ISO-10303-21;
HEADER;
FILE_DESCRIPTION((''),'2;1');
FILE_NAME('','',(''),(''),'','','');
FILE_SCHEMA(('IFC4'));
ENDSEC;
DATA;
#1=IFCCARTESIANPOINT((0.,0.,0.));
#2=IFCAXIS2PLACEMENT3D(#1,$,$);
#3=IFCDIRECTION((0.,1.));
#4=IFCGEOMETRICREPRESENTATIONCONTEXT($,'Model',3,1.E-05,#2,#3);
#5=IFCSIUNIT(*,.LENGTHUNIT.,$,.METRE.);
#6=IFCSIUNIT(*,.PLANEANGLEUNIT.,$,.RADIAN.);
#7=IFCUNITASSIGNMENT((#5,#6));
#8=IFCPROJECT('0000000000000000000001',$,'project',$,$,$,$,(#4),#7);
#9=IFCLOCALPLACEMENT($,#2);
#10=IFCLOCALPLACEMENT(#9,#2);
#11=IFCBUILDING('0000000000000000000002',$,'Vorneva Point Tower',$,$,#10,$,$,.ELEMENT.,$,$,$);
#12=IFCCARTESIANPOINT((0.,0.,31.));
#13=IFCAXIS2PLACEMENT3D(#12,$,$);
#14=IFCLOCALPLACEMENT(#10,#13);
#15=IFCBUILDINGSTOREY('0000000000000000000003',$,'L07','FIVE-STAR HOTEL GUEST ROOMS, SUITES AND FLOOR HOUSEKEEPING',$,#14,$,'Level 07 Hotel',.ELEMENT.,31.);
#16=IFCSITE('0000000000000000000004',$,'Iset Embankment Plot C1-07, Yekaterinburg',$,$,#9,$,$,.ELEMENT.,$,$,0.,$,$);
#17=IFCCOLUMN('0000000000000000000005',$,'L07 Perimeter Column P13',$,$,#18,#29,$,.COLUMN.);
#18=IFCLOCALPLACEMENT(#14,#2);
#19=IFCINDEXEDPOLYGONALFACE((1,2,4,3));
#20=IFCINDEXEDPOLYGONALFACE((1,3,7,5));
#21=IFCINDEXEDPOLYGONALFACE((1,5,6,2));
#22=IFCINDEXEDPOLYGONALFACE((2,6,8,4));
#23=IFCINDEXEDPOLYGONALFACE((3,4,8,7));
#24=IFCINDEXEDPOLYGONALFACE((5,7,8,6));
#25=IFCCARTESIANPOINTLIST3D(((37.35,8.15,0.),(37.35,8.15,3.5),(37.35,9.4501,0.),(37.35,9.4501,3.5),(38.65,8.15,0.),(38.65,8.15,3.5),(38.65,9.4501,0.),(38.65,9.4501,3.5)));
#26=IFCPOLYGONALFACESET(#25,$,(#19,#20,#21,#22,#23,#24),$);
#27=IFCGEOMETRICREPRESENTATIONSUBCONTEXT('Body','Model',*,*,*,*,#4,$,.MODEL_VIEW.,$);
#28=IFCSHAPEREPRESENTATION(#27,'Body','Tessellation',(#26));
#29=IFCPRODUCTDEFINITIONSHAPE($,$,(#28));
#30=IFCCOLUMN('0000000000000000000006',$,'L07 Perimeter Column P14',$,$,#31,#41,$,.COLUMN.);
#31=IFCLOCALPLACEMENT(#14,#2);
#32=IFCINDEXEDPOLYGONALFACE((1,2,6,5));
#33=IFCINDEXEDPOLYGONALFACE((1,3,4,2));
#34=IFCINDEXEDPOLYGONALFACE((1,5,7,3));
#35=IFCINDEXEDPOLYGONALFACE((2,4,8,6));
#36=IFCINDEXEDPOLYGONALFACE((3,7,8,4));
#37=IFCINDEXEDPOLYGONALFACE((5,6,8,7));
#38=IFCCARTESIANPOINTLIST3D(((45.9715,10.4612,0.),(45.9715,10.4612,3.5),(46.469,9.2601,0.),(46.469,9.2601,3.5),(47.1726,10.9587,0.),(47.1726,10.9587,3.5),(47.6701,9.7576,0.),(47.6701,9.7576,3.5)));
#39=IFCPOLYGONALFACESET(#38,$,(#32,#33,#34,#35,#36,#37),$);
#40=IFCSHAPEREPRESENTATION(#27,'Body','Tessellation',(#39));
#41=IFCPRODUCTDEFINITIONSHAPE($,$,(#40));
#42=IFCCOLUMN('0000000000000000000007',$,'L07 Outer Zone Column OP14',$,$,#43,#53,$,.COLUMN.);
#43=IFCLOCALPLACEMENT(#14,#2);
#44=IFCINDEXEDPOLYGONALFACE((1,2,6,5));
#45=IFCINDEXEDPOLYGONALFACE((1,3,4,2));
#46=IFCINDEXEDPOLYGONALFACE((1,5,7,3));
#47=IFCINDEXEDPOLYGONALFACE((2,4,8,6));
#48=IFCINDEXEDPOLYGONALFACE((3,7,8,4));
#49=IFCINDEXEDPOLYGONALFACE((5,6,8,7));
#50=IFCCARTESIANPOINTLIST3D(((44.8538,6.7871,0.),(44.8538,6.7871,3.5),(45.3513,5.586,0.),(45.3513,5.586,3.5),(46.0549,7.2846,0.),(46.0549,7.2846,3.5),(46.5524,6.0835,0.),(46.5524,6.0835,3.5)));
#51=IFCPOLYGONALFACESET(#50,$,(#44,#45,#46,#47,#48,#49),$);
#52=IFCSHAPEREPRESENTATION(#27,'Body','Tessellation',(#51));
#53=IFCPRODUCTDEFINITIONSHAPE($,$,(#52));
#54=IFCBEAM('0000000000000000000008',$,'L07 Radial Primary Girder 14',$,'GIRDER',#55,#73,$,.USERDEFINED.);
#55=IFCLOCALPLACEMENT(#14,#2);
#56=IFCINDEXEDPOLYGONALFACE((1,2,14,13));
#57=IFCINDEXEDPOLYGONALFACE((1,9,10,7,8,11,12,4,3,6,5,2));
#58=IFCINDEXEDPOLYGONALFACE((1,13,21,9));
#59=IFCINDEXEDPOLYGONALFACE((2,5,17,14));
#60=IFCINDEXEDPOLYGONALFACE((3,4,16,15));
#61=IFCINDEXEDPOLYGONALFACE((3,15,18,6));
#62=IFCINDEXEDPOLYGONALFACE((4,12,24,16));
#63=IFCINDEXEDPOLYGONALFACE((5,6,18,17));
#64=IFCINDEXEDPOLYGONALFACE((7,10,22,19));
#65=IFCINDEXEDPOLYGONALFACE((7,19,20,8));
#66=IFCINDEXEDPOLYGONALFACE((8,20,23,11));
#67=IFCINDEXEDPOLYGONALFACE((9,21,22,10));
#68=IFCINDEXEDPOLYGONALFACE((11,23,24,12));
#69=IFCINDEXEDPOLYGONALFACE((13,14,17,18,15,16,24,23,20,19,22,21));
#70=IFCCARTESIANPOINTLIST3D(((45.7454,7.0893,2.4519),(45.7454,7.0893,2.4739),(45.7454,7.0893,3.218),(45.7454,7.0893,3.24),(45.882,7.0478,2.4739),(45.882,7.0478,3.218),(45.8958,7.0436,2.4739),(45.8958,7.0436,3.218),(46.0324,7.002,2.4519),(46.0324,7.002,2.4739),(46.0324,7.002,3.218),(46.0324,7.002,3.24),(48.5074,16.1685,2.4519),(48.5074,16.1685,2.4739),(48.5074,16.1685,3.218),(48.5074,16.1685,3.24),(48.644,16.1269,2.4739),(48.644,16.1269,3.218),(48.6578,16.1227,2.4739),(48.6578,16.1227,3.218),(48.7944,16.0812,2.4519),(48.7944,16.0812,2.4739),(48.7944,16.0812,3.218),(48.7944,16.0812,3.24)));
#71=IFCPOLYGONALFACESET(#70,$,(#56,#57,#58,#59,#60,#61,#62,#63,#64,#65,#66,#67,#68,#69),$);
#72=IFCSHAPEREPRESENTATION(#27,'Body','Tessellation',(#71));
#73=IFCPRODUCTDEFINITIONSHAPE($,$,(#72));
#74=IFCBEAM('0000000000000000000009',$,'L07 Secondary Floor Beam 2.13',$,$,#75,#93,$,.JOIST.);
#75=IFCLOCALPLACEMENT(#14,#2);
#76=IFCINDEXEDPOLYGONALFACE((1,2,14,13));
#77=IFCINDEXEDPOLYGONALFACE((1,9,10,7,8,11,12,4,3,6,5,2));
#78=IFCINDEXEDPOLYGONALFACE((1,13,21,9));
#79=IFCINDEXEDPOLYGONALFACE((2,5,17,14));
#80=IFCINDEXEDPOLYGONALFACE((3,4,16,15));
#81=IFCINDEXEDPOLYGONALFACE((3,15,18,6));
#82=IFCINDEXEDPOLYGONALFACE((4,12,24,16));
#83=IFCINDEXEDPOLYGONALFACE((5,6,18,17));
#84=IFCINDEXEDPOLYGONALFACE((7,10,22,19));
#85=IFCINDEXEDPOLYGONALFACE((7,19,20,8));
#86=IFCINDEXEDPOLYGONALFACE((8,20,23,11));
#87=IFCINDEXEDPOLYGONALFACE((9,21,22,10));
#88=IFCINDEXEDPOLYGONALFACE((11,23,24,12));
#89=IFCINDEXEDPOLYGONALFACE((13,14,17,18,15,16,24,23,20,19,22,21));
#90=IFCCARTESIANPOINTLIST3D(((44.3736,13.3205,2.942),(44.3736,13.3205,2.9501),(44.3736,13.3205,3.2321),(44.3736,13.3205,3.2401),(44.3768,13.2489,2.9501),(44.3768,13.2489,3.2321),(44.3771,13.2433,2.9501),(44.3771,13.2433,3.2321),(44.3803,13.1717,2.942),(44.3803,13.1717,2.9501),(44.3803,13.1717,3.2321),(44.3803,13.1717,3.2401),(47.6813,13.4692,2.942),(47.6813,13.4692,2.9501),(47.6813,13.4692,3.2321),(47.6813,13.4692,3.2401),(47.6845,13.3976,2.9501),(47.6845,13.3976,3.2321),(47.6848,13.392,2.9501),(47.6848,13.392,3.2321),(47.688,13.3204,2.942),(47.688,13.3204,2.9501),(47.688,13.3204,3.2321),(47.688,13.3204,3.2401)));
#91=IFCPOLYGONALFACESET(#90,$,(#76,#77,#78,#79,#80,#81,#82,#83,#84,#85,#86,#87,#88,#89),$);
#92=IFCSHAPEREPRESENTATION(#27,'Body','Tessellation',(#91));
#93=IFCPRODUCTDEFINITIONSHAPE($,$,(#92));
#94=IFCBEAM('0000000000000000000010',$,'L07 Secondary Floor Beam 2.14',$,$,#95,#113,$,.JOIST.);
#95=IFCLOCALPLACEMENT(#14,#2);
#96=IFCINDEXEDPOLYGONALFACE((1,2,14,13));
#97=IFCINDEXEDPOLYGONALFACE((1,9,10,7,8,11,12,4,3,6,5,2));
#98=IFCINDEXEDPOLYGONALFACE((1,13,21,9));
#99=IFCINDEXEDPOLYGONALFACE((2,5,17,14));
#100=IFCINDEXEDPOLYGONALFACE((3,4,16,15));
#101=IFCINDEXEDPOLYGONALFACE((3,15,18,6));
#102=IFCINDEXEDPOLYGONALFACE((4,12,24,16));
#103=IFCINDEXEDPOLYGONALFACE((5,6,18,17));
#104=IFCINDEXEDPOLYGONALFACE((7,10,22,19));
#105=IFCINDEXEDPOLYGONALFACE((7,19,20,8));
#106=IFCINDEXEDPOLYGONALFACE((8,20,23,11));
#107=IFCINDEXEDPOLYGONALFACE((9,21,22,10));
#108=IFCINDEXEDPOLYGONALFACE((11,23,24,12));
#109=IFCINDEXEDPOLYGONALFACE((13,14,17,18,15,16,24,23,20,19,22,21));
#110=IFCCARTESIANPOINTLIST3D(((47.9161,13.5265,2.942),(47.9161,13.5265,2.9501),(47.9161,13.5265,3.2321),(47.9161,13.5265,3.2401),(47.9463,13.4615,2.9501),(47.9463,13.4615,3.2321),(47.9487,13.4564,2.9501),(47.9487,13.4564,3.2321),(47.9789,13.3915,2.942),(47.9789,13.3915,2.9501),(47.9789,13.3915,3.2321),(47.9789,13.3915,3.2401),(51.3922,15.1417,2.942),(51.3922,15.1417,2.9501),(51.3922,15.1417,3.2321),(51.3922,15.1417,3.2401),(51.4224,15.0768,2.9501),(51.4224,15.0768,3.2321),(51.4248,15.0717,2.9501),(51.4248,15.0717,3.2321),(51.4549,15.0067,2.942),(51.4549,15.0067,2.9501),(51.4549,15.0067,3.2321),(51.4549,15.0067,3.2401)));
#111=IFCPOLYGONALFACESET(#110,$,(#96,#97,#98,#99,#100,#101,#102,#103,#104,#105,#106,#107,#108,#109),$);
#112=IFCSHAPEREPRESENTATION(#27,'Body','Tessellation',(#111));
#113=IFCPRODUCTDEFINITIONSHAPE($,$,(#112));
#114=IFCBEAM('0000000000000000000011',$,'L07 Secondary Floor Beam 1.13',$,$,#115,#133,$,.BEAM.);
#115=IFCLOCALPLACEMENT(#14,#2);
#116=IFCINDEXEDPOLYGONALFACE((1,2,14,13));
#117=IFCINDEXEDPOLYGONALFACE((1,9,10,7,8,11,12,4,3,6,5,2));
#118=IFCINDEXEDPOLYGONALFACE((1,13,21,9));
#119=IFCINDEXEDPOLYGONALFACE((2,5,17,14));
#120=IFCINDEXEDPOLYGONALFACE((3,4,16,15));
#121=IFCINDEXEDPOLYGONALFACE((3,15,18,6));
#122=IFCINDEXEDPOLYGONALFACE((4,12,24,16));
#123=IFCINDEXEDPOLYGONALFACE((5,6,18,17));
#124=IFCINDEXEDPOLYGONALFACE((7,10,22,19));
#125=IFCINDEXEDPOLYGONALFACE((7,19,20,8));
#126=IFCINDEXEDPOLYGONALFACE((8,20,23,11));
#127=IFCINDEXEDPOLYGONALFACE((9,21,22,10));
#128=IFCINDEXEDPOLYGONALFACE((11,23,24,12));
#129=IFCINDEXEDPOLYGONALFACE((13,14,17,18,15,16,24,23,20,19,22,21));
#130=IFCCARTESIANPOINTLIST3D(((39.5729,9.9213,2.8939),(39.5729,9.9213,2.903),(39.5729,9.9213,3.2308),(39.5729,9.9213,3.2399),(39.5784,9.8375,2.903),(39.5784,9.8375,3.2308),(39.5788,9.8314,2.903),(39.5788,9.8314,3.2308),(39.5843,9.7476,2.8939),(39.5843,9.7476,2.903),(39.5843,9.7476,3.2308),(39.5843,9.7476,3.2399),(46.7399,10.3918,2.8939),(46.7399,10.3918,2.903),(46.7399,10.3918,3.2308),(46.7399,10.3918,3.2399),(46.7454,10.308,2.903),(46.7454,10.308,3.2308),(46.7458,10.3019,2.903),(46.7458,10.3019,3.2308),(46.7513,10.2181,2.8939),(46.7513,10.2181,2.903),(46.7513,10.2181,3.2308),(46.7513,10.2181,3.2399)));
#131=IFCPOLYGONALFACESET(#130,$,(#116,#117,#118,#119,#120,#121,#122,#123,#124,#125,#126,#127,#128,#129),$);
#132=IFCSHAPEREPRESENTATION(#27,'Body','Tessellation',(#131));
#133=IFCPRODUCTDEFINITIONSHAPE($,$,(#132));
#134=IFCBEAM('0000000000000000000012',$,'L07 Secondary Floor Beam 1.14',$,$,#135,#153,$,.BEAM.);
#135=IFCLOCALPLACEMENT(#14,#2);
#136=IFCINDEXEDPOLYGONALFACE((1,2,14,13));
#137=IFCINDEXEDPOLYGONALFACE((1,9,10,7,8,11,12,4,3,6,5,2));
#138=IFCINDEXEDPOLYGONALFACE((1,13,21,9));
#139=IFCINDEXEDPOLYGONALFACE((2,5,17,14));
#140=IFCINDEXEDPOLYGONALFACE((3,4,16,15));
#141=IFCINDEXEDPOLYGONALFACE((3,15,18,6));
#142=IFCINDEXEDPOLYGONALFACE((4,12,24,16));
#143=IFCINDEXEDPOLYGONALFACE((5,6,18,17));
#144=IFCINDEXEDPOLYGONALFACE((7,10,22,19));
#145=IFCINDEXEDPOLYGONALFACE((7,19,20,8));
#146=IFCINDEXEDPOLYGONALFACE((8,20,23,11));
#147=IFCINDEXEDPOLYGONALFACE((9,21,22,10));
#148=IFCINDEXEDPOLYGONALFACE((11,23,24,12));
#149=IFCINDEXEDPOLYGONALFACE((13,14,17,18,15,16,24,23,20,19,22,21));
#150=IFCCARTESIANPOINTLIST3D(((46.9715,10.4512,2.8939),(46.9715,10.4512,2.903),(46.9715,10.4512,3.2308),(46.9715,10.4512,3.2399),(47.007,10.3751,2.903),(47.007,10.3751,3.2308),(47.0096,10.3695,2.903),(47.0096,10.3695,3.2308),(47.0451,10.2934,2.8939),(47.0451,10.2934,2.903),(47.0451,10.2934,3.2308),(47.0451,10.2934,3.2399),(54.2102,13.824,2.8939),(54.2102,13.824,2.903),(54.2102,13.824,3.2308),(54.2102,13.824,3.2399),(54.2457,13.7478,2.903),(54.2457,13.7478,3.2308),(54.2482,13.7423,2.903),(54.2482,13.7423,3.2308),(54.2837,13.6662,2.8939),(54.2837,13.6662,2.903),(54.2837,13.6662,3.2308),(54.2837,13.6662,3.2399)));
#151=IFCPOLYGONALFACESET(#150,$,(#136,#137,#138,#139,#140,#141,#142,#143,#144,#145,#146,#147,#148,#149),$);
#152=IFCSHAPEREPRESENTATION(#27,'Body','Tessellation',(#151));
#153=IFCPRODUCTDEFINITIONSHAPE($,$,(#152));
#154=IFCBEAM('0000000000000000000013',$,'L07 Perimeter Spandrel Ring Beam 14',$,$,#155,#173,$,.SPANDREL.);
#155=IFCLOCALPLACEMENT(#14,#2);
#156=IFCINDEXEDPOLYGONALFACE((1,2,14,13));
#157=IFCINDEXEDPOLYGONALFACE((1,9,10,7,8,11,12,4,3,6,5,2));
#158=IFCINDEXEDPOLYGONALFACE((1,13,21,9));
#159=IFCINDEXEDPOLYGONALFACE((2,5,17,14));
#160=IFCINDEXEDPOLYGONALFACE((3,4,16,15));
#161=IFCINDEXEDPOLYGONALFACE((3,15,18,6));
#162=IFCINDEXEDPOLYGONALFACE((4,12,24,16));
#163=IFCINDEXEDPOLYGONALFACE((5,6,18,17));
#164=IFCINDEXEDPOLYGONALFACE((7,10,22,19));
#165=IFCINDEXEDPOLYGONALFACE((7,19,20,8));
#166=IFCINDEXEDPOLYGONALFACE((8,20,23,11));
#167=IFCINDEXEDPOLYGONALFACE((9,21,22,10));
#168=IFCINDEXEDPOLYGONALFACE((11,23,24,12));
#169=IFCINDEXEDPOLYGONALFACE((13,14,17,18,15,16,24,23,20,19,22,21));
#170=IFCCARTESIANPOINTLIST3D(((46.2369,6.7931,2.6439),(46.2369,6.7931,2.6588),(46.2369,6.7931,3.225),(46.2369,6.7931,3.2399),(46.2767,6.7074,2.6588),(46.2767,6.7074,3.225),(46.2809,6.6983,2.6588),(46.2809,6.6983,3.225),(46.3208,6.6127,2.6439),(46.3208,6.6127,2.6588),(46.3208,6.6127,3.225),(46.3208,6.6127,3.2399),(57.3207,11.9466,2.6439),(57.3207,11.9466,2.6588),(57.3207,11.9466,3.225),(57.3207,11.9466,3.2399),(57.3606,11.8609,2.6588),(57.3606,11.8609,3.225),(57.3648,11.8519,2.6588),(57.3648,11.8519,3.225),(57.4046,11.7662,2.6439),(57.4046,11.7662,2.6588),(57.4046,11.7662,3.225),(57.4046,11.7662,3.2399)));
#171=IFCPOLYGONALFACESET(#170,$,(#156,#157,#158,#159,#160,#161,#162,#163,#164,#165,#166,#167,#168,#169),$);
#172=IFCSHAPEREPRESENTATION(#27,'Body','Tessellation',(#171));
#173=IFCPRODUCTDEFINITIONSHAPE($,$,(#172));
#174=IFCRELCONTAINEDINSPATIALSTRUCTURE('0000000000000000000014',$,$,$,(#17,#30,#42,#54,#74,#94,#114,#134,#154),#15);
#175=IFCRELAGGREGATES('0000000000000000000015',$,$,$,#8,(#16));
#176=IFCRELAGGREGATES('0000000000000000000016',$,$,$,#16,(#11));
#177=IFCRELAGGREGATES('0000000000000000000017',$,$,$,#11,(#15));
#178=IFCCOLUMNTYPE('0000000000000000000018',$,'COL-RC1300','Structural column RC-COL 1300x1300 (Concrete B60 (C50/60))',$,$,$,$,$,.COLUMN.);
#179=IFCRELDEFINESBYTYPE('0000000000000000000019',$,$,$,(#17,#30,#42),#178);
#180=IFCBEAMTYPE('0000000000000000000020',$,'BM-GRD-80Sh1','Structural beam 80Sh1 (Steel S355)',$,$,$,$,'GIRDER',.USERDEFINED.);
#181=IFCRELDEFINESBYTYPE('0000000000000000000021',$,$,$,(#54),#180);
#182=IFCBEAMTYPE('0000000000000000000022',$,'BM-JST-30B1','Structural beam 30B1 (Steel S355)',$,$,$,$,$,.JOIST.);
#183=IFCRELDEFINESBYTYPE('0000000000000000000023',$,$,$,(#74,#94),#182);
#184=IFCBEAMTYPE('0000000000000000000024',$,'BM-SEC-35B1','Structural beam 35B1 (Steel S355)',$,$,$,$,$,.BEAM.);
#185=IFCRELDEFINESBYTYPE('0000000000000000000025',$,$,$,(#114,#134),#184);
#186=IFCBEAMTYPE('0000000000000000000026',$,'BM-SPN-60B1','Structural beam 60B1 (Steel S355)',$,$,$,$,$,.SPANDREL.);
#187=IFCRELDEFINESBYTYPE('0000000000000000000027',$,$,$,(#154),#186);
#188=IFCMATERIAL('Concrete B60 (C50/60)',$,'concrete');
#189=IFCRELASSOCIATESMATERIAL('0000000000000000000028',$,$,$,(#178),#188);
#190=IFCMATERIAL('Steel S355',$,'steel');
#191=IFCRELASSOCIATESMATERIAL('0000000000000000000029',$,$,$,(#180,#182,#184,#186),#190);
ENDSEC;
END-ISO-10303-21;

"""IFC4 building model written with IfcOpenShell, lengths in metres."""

from ifc_helpers import new_model, si_unit, direction, frame, origin, origin_2d, place, context, subcontext, project, spatial, rectangle, i_section, extrude, material, material_profile, profile_set, type_object, element, save


model = new_model("IFC4")

# Units and contexts
model_context = context("Model", 3, precision=1e-05, world=origin(), true_north=direction((0.0, 1.0)))
body_context = subcontext(model_context, "Body", "Model", "MODEL_VIEW")
ifc_project = project(units=[si_unit("LENGTHUNIT", "METRE"), si_unit("PLANEANGLEUNIT", "RADIAN")], contexts=[model_context])

# Site, building, storey
site_placement = place(None, origin())
site = spatial("IfcSite", under=ifc_project, at=site_placement, Name="Iset Embankment Plot C1-07, Yekaterinburg", CompositionType="ELEMENT", RefElevation=0.0)
building_placement = place(site_placement, origin())
building = spatial("IfcBuilding", under=site, at=building_placement, Name="Vorneva Point Tower", CompositionType="ELEMENT")
storey_placement = place(building_placement, frame((0.0, 0.0, 31.0)))
storey = spatial("IfcBuildingStorey", under=building, at=storey_placement, Name="L07", Description="FIVE-STAR HOTEL GUEST ROOMS, SUITES AND FLOOR HOUSEKEEPING", LongName="Level 07 Hotel", CompositionType="ELEMENT", Elevation=31.0)

# Columns
ifc_material_1 = material(Name="Concrete B60 (C50/60)", Category="concrete")
ifc_material_profile_1 = material_profile(ifc_material_1, rectangle(XDim=1.3, YDim=1.3, at=origin_2d()), Name="RC-COL 1300x1300")
ifc_profile_set_1 = profile_set([ifc_material_profile_1], Name="Concrete B60 (C50/60)")
column_type = type_object("IfcColumnType", Name="COL-RC1300", Description="Structural column RC-COL 1300x1300 (Concrete B60 (C50/60))", PredefinedType="COLUMN", material=ifc_profile_set_1)
for number, where, z_axis, x_axis, name in (
    (1, (38.0, 8.8, 0.0), (0.0, 0.0, 1.0), (0.0, -1.0, 0.0), "L07 Perimeter Column P13"),
    (2, (46.8208, 10.1094, 0.0), (0.0, 0.0, 1.0), (0.382683, -0.92388, 0.0), "L07 Perimeter Column P14"),
    (3, (45.7031, 6.4353, 0.0), (0.0, 0.0, 1.0), (0.382683, -0.92388, 0.0), "L07 Outer Zone Column OP14"),
):
    element("IfcColumn", number, at=place(storey_placement, frame(where, z_axis=z_axis, x_axis=x_axis)), inside=storey, type_object=column_type, Name=name, PredefinedType="COLUMN", context=body_context, shape_type="SweptSolid", body=[
        extrude(rectangle(XDim=1.3, YDim=1.3, at=origin_2d()), origin(), (0.0, 0.0, 1.0), 3.5),
    ])

# Beams
ifc_material_2 = material(Name="Steel S355", Category="steel")
ifc_material_profile_2 = material_profile(ifc_material_2, i_section(OverallWidth=0.3, OverallDepth=0.7881, WebThickness=0.0144, FlangeThickness=0.022, at=origin_2d()), Name="80Sh1")
ifc_profile_set_2 = profile_set([ifc_material_profile_2], Name="Steel S355")
beam_type_1 = type_object("IfcBeamType", Name="BM-GRD-80Sh1", Description="Structural beam 80Sh1 (Steel S355)", ElementType="GIRDER", PredefinedType="USERDEFINED", material=ifc_profile_set_2)
beam_1_placement = place(storey_placement, frame((45.8889, 7.0457, 2.8459), z_axis=(0.291042, 0.95671, 0.0), x_axis=(-0.95671, 0.291042, 0.0)))
element("IfcBeam", 4, at=beam_1_placement, inside=storey, type_object=beam_type_1, Name="L07 Radial Primary Girder 14", ObjectType="GIRDER", PredefinedType="USERDEFINED", context=body_context, shape_type="SweptSolid", body=[
    extrude(i_section(OverallWidth=0.3, OverallDepth=0.7881, WebThickness=0.0144, FlangeThickness=0.022, at=origin_2d()), origin(), (0.0, 0.0, 1.0), 9.49),
])
ifc_material_profile_3 = material_profile(ifc_material_2, i_section(OverallWidth=0.1489, OverallDepth=0.2981, WebThickness=0.0056, FlangeThickness=0.0081, at=origin_2d()), Name="30B1")
ifc_profile_set_3 = profile_set([ifc_material_profile_3], Name="Steel S355")
beam_type_2 = type_object("IfcBeamType", Name="BM-JST-30B1", Description="Structural beam 30B1 (Steel S355)", PredefinedType="JOIST", material=ifc_profile_set_3)
beam_2_placement = place(storey_placement, frame((44.377, 13.2461, 3.0911), z_axis=(0.998991, 0.044906, 0.0), x_axis=(-0.044906, 0.998991, 0.0)))
element("IfcBeam", 5, at=beam_2_placement, inside=storey, type_object=beam_type_2, Name="L07 Secondary Floor Beam 2.13", PredefinedType="JOIST", context=body_context, shape_type="SweptSolid", body=[
    extrude(i_section(OverallWidth=0.1489, OverallDepth=0.2981, WebThickness=0.0056, FlangeThickness=0.0081, at=origin_2d()), origin(), (0.0, 0.0, 1.0), 3.311),
])
beam_3_placement = place(storey_placement, frame((47.9475, 13.459, 3.0911), z_axis=(0.906875, 0.421399, 0.0), x_axis=(-0.421399, 0.906875, 0.0)))
element("IfcBeam", 6, at=beam_3_placement, inside=storey, type_object=beam_type_2, Name="L07 Secondary Floor Beam 2.14", PredefinedType="JOIST", context=body_context, shape_type="SweptSolid", body=[
    extrude(i_section(OverallWidth=0.1489, OverallDepth=0.2981, WebThickness=0.0056, FlangeThickness=0.0081, at=origin_2d()), origin(), (0.0, 0.0, 1.0), 3.833),
])
ifc_material_profile_4 = material_profile(ifc_material_2, i_section(OverallWidth=0.1741, OverallDepth=0.3459, WebThickness=0.0061, FlangeThickness=0.009, at=origin_2d()), Name="35B1")
ifc_profile_set_4 = profile_set([ifc_material_profile_4], Name="Steel S355")
beam_type_3 = type_object("IfcBeamType", Name="BM-SEC-35B1", Description="Structural beam 35B1 (Steel S355)", PredefinedType="BEAM", material=ifc_profile_set_4)
beam_4_placement = place(storey_placement, frame((39.5786, 9.8345, 3.0669), z_axis=(0.997852, 0.065501, 0.0), x_axis=(-0.065501, 0.997852, 0.0)))
element("IfcBeam", 7, at=beam_4_placement, inside=storey, type_object=beam_type_3, Name="L07 Secondary Floor Beam 1.13", PredefinedType="BEAM", context=body_context, shape_type="SweptSolid", body=[
    extrude(i_section(OverallWidth=0.1741, OverallDepth=0.3459, WebThickness=0.0061, FlangeThickness=0.009, at=origin_2d()), origin(), (0.0, 0.0, 1.0), 7.1824),
])
beam_5_placement = place(storey_placement, frame((47.0083, 10.3723, 3.0669), z_axis=(0.906437, 0.422341, 0.0), x_axis=(-0.422341, 0.906437, 0.0)))
element("IfcBeam", 8, at=beam_5_placement, inside=storey, type_object=beam_type_3, Name="L07 Secondary Floor Beam 1.14", PredefinedType="BEAM", context=body_context, shape_type="SweptSolid", body=[
    extrude(i_section(OverallWidth=0.1741, OverallDepth=0.3459, WebThickness=0.0061, FlangeThickness=0.009, at=origin_2d()), origin(), (0.0, 0.0, 1.0), 7.9858),
])
ifc_material_profile_5 = material_profile(ifc_material_2, i_section(OverallWidth=0.199, OverallDepth=0.5959, WebThickness=0.01, FlangeThickness=0.0149, at=origin_2d()), Name="60B1")
ifc_profile_set_5 = profile_set([ifc_material_profile_5], Name="Steel S355")
beam_type_4 = type_object("IfcBeamType", Name="BM-SPN-60B1", Description="Structural beam 60B1 (Steel S355)", PredefinedType="SPANDREL", material=ifc_profile_set_5)
beam_6_placement = place(storey_placement, frame((46.2788, 6.7029, 2.9419), z_axis=(0.906777, 0.421611, 0.0), x_axis=(-0.421611, 0.906777, 0.0)))
element("IfcBeam", 9, at=beam_6_placement, inside=storey, type_object=beam_type_4, Name="L07 Perimeter Spandrel Ring Beam 14", PredefinedType="SPANDREL", context=body_context, shape_type="SweptSolid", body=[
    extrude(i_section(OverallWidth=0.199, OverallDepth=0.5959, WebThickness=0.01, FlangeThickness=0.0149, at=origin_2d()), origin(), (0.0, 0.0, 1.0), 12.2234),
])

save(model, "model.ifc")
